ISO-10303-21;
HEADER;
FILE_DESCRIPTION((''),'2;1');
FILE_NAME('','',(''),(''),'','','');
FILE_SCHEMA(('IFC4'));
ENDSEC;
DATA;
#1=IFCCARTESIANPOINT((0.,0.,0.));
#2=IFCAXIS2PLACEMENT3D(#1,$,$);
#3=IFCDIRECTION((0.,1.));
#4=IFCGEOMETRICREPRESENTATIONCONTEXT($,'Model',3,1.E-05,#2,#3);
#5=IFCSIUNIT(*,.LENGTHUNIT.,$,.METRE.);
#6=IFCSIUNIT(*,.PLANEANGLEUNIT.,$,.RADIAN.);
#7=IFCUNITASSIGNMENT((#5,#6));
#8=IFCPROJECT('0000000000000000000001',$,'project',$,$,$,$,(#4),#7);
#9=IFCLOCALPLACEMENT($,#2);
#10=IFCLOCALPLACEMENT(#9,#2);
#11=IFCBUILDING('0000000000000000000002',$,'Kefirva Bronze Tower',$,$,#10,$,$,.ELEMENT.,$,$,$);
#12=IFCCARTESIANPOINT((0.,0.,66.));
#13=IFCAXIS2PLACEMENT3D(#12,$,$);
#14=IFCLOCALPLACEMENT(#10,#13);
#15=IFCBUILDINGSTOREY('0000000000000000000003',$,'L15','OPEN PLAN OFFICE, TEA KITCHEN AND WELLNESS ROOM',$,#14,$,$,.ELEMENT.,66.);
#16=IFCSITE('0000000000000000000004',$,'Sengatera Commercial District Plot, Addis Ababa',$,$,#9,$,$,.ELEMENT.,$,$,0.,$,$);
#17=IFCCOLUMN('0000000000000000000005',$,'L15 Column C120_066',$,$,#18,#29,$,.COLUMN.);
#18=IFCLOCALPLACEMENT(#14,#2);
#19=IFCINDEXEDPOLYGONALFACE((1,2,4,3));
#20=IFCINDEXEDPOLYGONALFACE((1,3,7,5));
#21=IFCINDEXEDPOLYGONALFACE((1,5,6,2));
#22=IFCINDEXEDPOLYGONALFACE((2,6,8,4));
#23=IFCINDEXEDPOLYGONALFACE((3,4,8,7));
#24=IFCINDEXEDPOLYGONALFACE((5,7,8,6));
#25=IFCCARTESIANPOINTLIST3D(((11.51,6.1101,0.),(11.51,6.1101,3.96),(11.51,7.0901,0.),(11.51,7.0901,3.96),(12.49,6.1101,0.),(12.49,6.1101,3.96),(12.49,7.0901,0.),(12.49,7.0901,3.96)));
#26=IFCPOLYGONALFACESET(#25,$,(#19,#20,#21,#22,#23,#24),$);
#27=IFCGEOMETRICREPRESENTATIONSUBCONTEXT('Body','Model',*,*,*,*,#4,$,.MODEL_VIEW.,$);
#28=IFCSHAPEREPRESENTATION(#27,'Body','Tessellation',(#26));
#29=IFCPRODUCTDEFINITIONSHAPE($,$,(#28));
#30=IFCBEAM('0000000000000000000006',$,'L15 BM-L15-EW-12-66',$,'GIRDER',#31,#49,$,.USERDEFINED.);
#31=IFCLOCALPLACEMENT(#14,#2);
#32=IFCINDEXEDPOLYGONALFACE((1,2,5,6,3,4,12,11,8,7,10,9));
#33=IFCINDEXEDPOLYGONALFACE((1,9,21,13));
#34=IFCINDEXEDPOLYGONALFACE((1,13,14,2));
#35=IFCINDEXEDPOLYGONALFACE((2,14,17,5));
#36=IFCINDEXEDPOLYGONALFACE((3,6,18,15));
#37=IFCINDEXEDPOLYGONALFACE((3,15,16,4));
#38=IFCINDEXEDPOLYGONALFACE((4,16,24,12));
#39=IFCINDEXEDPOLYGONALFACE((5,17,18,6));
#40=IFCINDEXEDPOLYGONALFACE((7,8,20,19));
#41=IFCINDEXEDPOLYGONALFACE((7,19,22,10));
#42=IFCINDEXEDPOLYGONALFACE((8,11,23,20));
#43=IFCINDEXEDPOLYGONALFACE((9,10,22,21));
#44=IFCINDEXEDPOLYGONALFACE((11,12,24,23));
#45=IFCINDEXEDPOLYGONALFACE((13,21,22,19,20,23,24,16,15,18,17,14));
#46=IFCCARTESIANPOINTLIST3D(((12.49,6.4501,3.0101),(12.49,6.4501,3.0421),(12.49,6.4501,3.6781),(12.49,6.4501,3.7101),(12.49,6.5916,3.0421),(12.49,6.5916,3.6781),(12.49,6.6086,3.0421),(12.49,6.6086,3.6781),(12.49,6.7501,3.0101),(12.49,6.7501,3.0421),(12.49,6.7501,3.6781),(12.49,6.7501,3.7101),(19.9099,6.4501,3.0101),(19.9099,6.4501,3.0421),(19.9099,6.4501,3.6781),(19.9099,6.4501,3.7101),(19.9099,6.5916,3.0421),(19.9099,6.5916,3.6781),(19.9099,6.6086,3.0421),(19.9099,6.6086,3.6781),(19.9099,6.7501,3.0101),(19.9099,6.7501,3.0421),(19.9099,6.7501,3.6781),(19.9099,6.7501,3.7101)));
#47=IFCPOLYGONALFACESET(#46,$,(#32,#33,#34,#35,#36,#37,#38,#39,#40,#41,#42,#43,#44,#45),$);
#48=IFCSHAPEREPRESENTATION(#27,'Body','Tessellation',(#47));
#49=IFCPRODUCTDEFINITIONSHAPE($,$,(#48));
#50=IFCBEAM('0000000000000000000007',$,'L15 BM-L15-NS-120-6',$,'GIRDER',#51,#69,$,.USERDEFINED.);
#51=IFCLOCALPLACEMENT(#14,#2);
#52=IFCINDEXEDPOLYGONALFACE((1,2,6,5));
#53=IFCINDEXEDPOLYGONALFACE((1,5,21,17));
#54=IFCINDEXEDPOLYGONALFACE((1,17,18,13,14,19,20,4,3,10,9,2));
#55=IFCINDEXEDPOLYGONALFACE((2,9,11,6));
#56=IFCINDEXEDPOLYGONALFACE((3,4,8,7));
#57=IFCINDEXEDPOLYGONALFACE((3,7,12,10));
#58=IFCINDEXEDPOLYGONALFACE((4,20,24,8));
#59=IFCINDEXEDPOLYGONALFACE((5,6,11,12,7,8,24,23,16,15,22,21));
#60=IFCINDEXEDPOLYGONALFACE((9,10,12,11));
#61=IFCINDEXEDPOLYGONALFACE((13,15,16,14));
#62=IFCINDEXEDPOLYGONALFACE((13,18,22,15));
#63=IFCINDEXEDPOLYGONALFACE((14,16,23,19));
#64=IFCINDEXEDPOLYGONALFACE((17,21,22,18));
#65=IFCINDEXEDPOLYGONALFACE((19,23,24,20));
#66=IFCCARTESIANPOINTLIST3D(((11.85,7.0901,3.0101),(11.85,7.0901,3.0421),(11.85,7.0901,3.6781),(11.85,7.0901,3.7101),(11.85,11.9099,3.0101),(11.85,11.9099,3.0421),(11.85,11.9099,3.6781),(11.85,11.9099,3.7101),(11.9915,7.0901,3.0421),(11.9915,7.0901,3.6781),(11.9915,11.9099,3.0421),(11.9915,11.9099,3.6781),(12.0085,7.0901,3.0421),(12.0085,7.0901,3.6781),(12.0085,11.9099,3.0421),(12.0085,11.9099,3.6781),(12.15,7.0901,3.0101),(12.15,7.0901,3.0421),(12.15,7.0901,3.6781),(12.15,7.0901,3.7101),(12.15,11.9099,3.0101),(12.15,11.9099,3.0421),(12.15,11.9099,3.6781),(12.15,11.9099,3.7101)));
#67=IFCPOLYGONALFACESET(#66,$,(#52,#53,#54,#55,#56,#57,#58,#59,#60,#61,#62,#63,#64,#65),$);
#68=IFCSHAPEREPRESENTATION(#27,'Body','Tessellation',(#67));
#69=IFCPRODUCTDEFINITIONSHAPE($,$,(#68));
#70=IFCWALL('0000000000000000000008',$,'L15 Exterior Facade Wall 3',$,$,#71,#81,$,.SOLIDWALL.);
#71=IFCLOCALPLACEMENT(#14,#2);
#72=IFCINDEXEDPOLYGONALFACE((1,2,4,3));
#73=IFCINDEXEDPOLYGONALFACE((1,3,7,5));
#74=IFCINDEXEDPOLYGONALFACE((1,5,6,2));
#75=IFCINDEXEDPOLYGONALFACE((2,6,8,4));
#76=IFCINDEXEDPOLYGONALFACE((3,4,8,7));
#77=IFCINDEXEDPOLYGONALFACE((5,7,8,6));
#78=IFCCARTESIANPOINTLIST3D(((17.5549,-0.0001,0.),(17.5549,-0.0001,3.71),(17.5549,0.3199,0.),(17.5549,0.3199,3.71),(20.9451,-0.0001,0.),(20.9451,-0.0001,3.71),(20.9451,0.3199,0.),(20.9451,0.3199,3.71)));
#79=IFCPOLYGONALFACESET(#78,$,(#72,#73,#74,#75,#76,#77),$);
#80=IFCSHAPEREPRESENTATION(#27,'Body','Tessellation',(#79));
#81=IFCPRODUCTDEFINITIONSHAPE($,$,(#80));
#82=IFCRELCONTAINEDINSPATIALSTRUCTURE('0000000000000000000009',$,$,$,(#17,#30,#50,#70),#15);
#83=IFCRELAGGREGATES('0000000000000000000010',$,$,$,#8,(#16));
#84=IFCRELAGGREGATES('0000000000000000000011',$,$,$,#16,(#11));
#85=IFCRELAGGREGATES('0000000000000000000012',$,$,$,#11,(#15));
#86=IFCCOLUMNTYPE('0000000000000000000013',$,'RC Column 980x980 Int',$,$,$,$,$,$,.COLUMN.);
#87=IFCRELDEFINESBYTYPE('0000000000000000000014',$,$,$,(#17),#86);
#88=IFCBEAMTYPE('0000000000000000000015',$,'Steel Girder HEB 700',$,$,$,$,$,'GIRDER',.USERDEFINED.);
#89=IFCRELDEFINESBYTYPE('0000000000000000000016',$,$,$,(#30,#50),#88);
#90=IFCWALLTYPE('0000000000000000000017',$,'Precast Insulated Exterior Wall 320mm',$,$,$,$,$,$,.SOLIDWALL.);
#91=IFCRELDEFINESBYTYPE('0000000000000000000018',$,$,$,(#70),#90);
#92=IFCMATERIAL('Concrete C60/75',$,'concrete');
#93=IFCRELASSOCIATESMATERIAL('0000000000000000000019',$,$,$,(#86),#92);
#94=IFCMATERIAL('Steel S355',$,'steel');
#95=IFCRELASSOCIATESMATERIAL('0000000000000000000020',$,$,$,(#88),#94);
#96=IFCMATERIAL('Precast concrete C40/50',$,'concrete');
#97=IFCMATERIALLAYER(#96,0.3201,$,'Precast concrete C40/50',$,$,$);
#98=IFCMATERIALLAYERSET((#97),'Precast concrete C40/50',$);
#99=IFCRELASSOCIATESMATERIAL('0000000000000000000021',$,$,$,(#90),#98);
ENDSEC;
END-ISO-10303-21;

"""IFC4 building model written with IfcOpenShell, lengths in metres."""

from ifc_helpers import new_model, si_unit, direction, frame, frame_2d, origin, origin_2d, place, context, subcontext, project, spatial, rectangle, i_section, extrude, material, layer, layer_set, material_profile, profile_set, type_object, element, save


model = new_model("IFC4")

# Units and contexts
model_context = context("Model", 3, precision=1e-05, world=origin(), true_north=direction((0.0, 1.0)))
body_context = subcontext(model_context, "Body", "Model", "MODEL_VIEW")
ifc_project = project(units=[si_unit("LENGTHUNIT", "METRE"), si_unit("PLANEANGLEUNIT", "RADIAN")], contexts=[model_context])

# Site, building, storey
site_placement = place(None, origin())
site = spatial("IfcSite", under=ifc_project, at=site_placement, Name="Sengatera Commercial District Plot, Addis Ababa", CompositionType="ELEMENT", RefElevation=0.0)
building_placement = place(site_placement, origin())
building = spatial("IfcBuilding", under=site, at=building_placement, Name="Kefirva Bronze Tower", CompositionType="ELEMENT")
storey_placement = place(building_placement, frame((0.0, 0.0, 66.0)))
storey = spatial("IfcBuildingStorey", under=building, at=storey_placement, Name="L15", Description="OPEN PLAN OFFICE, TEA KITCHEN AND WELLNESS ROOM", CompositionType="ELEMENT", Elevation=66.0)

# Column
ifc_material_1 = material(Name="Concrete C60/75", Category="concrete")
ifc_material_profile_1 = material_profile(ifc_material_1, rectangle(XDim=0.98, YDim=0.98, at=origin_2d()), Name="RC 980x980")
ifc_profile_set_1 = profile_set([ifc_material_profile_1], Name="Concrete C60/75")
column_type = type_object("IfcColumnType", Name="RC Column 980x980 Int", PredefinedType="COLUMN", material=ifc_profile_set_1)
column_placement = place(storey_placement, frame((12.0, 6.6001, 0.0), z_axis=(0.0, 0.0, 1.0), x_axis=(1.0, 0.0, 0.0)))
element("IfcColumn", 1, at=column_placement, inside=storey, type_object=column_type, Name="L15 Column C120_066", PredefinedType="COLUMN", context=body_context, shape_type="SweptSolid", body=[
    extrude(rectangle(XDim=0.98, YDim=0.98, at=origin_2d()), origin(), (0.0, 0.0, 1.0), 3.96),
])

# Beams
ifc_material_2 = material(Name="Steel S355", Category="steel")
ifc_material_profile_2 = material_profile(ifc_material_2, i_section(OverallWidth=0.3, OverallDepth=0.7, WebThickness=0.0171, FlangeThickness=0.032, at=origin_2d()), Name="HEB 700")
ifc_profile_set_2 = profile_set([ifc_material_profile_2], Name="Steel S355")
beam_type = type_object("IfcBeamType", Name="Steel Girder HEB 700", ElementType="GIRDER", PredefinedType="USERDEFINED", material=ifc_profile_set_2)
beam_1_placement = place(storey_placement, frame((12.49, 6.6001, 3.3601), z_axis=(1.0, 0.0, 0.0), x_axis=(0.0, 1.0, 0.0)))
element("IfcBeam", 2, at=beam_1_placement, inside=storey, type_object=beam_type, Name="L15 BM-L15-EW-12-66", ObjectType="GIRDER", PredefinedType="USERDEFINED", context=body_context, shape_type="SweptSolid", body=[
    extrude(i_section(OverallWidth=0.3, OverallDepth=0.7, WebThickness=0.0171, FlangeThickness=0.032, at=origin_2d()), origin(), (0.0, 0.0, 1.0), 7.4199),
])
beam_2_placement = place(storey_placement, frame((12.0, 7.0901, 3.3601), z_axis=(0.0, 1.0, 0.0), x_axis=(-1.0, 0.0, 0.0)))
element("IfcBeam", 3, at=beam_2_placement, inside=storey, type_object=beam_type, Name="L15 BM-L15-NS-120-6", ObjectType="GIRDER", PredefinedType="USERDEFINED", context=body_context, shape_type="SweptSolid", body=[
    extrude(i_section(OverallWidth=0.3, OverallDepth=0.7, WebThickness=0.0171, FlangeThickness=0.032, at=origin_2d()), origin(), (0.0, 0.0, 1.0), 4.8198),
])

# Wall
ifc_material_3 = material(Name="Precast concrete C40/50", Category="concrete")
ifc_layer_1 = layer(ifc_material_3, 0.3201, Name="Precast concrete C40/50")
ifc_layer_set_1 = layer_set([ifc_layer_1], Name="Precast concrete C40/50")
wall_type_1 = type_object("IfcWallType", Name="Precast Insulated Exterior Wall 320mm", PredefinedType="SOLIDWALL", material=ifc_layer_set_1)
wall_1_placement = place(storey_placement, frame((17.5549, 0.1599, 0.0), z_axis=(0.0, 0.0, 1.0), x_axis=(1.0, 0.0, 0.0)))
element("IfcWall", 4, at=wall_1_placement, inside=storey, type_object=wall_type_1, Name="L15 Exterior Facade Wall 3", PredefinedType="SOLIDWALL", context=body_context, shape_type="SweptSolid", body=[
    extrude(rectangle(XDim=3.3901, YDim=0.3201, at=frame_2d((1.6951, 0.0))), origin(), (0.0, 0.0, 1.0), 3.71),
])

save(model, "model.ifc")
